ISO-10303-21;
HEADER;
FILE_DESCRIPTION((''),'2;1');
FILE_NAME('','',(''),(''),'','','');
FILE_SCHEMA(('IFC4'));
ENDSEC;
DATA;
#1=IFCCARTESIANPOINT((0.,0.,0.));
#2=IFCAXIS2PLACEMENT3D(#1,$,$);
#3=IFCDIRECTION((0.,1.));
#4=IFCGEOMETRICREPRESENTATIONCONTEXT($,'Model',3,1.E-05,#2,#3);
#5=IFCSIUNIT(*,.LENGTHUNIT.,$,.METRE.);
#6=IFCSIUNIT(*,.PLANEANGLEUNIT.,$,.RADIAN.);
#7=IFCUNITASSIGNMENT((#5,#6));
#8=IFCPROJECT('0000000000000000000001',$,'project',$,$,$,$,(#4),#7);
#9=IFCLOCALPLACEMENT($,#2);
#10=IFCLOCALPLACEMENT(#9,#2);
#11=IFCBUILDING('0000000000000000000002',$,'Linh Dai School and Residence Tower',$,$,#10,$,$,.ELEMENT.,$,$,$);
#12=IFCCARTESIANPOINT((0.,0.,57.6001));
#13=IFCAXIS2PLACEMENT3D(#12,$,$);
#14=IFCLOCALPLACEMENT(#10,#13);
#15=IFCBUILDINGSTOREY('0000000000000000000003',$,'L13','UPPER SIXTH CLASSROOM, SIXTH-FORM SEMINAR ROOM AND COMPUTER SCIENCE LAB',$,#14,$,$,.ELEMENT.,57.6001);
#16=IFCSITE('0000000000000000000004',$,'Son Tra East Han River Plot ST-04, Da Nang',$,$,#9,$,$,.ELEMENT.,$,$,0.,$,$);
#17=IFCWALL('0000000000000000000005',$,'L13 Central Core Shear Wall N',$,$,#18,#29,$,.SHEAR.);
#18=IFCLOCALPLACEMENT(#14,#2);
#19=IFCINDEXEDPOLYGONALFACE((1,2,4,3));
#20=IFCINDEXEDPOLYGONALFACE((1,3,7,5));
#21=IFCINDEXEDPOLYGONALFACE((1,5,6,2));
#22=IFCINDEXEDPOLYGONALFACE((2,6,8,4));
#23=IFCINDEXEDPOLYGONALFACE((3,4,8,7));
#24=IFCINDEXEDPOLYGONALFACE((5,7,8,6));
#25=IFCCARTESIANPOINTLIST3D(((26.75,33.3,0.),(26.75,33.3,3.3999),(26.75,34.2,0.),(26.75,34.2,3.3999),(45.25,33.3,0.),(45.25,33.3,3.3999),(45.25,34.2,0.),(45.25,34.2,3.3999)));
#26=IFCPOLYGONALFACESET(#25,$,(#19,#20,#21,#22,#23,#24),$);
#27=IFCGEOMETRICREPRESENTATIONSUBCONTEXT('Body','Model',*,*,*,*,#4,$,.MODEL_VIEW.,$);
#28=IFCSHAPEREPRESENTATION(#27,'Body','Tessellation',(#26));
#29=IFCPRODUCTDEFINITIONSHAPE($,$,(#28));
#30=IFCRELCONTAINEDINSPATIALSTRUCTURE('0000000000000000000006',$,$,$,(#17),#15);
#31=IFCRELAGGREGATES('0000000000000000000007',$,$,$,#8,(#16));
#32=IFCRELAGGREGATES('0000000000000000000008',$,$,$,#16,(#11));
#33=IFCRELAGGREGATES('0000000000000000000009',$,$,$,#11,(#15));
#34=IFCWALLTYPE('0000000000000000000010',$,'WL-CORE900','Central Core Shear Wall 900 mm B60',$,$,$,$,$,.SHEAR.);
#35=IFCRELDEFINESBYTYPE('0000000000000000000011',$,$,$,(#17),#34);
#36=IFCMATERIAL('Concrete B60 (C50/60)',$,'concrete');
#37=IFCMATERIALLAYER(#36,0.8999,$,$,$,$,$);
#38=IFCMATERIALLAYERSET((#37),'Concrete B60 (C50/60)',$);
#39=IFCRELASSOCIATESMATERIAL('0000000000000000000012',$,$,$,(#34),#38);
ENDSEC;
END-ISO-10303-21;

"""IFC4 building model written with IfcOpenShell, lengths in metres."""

from ifc_helpers import new_model, si_unit, direction, frame, frame_2d, origin, place, context, subcontext, project, spatial, rectangle, extrude, material, layer, layer_set, type_object, element, save


model = new_model("IFC4")

# Units and contexts
model_context = context("Model", 3, precision=1e-05, world=origin(), true_north=direction((0.0, 1.0)))
body_context = subcontext(model_context, "Body", "Model", "MODEL_VIEW")
ifc_project = project(units=[si_unit("LENGTHUNIT", "METRE"), si_unit("PLANEANGLEUNIT", "RADIAN")], contexts=[model_context])

# Site, building, storey
site_placement = place(None, origin())
site = spatial("IfcSite", under=ifc_project, at=site_placement, Name="Son Tra East Han River Plot ST-04, Da Nang", CompositionType="ELEMENT", RefElevation=0.0)
building_placement = place(site_placement, origin())
building = spatial("IfcBuilding", under=site, at=building_placement, Name="Linh Dai School and Residence Tower", CompositionType="ELEMENT")
storey_placement = place(building_placement, frame((0.0, 0.0, 57.6001)))
storey = spatial("IfcBuildingStorey", under=building, at=storey_placement, Name="L13", Description="UPPER SIXTH CLASSROOM, SIXTH-FORM SEMINAR ROOM AND COMPUTER SCIENCE LAB", CompositionType="ELEMENT", Elevation=57.6001)

# Shared definitions
ifc_material_1 = material(Name="Concrete B60 (C50/60)", Category="concrete")

# Wall
ifc_layer_1 = layer(ifc_material_1, 0.8999)
ifc_layer_set_1 = layer_set([ifc_layer_1], Name="Concrete B60 (C50/60)")
wall_type_1 = type_object("IfcWallType", Name="WL-CORE900", Description="Central Core Shear Wall 900 mm B60", PredefinedType="SHEAR", material=ifc_layer_set_1)
wall_1_placement = place(storey_placement, frame((26.75, 33.75, 0.0), z_axis=(0.0, 0.0, 1.0), x_axis=(1.0, 0.0, 0.0)))
element("IfcWall", 1, at=wall_1_placement, inside=storey, type_object=wall_type_1, Name="L13 Central Core Shear Wall N", PredefinedType="SHEAR", context=body_context, shape_type="SweptSolid", body=[
    extrude(rectangle(XDim=18.5, YDim=0.8999, at=frame_2d((9.25, 0.0))), origin(), (0.0, 0.0, 1.0), 3.3999),
])

save(model, "model.ifc")
